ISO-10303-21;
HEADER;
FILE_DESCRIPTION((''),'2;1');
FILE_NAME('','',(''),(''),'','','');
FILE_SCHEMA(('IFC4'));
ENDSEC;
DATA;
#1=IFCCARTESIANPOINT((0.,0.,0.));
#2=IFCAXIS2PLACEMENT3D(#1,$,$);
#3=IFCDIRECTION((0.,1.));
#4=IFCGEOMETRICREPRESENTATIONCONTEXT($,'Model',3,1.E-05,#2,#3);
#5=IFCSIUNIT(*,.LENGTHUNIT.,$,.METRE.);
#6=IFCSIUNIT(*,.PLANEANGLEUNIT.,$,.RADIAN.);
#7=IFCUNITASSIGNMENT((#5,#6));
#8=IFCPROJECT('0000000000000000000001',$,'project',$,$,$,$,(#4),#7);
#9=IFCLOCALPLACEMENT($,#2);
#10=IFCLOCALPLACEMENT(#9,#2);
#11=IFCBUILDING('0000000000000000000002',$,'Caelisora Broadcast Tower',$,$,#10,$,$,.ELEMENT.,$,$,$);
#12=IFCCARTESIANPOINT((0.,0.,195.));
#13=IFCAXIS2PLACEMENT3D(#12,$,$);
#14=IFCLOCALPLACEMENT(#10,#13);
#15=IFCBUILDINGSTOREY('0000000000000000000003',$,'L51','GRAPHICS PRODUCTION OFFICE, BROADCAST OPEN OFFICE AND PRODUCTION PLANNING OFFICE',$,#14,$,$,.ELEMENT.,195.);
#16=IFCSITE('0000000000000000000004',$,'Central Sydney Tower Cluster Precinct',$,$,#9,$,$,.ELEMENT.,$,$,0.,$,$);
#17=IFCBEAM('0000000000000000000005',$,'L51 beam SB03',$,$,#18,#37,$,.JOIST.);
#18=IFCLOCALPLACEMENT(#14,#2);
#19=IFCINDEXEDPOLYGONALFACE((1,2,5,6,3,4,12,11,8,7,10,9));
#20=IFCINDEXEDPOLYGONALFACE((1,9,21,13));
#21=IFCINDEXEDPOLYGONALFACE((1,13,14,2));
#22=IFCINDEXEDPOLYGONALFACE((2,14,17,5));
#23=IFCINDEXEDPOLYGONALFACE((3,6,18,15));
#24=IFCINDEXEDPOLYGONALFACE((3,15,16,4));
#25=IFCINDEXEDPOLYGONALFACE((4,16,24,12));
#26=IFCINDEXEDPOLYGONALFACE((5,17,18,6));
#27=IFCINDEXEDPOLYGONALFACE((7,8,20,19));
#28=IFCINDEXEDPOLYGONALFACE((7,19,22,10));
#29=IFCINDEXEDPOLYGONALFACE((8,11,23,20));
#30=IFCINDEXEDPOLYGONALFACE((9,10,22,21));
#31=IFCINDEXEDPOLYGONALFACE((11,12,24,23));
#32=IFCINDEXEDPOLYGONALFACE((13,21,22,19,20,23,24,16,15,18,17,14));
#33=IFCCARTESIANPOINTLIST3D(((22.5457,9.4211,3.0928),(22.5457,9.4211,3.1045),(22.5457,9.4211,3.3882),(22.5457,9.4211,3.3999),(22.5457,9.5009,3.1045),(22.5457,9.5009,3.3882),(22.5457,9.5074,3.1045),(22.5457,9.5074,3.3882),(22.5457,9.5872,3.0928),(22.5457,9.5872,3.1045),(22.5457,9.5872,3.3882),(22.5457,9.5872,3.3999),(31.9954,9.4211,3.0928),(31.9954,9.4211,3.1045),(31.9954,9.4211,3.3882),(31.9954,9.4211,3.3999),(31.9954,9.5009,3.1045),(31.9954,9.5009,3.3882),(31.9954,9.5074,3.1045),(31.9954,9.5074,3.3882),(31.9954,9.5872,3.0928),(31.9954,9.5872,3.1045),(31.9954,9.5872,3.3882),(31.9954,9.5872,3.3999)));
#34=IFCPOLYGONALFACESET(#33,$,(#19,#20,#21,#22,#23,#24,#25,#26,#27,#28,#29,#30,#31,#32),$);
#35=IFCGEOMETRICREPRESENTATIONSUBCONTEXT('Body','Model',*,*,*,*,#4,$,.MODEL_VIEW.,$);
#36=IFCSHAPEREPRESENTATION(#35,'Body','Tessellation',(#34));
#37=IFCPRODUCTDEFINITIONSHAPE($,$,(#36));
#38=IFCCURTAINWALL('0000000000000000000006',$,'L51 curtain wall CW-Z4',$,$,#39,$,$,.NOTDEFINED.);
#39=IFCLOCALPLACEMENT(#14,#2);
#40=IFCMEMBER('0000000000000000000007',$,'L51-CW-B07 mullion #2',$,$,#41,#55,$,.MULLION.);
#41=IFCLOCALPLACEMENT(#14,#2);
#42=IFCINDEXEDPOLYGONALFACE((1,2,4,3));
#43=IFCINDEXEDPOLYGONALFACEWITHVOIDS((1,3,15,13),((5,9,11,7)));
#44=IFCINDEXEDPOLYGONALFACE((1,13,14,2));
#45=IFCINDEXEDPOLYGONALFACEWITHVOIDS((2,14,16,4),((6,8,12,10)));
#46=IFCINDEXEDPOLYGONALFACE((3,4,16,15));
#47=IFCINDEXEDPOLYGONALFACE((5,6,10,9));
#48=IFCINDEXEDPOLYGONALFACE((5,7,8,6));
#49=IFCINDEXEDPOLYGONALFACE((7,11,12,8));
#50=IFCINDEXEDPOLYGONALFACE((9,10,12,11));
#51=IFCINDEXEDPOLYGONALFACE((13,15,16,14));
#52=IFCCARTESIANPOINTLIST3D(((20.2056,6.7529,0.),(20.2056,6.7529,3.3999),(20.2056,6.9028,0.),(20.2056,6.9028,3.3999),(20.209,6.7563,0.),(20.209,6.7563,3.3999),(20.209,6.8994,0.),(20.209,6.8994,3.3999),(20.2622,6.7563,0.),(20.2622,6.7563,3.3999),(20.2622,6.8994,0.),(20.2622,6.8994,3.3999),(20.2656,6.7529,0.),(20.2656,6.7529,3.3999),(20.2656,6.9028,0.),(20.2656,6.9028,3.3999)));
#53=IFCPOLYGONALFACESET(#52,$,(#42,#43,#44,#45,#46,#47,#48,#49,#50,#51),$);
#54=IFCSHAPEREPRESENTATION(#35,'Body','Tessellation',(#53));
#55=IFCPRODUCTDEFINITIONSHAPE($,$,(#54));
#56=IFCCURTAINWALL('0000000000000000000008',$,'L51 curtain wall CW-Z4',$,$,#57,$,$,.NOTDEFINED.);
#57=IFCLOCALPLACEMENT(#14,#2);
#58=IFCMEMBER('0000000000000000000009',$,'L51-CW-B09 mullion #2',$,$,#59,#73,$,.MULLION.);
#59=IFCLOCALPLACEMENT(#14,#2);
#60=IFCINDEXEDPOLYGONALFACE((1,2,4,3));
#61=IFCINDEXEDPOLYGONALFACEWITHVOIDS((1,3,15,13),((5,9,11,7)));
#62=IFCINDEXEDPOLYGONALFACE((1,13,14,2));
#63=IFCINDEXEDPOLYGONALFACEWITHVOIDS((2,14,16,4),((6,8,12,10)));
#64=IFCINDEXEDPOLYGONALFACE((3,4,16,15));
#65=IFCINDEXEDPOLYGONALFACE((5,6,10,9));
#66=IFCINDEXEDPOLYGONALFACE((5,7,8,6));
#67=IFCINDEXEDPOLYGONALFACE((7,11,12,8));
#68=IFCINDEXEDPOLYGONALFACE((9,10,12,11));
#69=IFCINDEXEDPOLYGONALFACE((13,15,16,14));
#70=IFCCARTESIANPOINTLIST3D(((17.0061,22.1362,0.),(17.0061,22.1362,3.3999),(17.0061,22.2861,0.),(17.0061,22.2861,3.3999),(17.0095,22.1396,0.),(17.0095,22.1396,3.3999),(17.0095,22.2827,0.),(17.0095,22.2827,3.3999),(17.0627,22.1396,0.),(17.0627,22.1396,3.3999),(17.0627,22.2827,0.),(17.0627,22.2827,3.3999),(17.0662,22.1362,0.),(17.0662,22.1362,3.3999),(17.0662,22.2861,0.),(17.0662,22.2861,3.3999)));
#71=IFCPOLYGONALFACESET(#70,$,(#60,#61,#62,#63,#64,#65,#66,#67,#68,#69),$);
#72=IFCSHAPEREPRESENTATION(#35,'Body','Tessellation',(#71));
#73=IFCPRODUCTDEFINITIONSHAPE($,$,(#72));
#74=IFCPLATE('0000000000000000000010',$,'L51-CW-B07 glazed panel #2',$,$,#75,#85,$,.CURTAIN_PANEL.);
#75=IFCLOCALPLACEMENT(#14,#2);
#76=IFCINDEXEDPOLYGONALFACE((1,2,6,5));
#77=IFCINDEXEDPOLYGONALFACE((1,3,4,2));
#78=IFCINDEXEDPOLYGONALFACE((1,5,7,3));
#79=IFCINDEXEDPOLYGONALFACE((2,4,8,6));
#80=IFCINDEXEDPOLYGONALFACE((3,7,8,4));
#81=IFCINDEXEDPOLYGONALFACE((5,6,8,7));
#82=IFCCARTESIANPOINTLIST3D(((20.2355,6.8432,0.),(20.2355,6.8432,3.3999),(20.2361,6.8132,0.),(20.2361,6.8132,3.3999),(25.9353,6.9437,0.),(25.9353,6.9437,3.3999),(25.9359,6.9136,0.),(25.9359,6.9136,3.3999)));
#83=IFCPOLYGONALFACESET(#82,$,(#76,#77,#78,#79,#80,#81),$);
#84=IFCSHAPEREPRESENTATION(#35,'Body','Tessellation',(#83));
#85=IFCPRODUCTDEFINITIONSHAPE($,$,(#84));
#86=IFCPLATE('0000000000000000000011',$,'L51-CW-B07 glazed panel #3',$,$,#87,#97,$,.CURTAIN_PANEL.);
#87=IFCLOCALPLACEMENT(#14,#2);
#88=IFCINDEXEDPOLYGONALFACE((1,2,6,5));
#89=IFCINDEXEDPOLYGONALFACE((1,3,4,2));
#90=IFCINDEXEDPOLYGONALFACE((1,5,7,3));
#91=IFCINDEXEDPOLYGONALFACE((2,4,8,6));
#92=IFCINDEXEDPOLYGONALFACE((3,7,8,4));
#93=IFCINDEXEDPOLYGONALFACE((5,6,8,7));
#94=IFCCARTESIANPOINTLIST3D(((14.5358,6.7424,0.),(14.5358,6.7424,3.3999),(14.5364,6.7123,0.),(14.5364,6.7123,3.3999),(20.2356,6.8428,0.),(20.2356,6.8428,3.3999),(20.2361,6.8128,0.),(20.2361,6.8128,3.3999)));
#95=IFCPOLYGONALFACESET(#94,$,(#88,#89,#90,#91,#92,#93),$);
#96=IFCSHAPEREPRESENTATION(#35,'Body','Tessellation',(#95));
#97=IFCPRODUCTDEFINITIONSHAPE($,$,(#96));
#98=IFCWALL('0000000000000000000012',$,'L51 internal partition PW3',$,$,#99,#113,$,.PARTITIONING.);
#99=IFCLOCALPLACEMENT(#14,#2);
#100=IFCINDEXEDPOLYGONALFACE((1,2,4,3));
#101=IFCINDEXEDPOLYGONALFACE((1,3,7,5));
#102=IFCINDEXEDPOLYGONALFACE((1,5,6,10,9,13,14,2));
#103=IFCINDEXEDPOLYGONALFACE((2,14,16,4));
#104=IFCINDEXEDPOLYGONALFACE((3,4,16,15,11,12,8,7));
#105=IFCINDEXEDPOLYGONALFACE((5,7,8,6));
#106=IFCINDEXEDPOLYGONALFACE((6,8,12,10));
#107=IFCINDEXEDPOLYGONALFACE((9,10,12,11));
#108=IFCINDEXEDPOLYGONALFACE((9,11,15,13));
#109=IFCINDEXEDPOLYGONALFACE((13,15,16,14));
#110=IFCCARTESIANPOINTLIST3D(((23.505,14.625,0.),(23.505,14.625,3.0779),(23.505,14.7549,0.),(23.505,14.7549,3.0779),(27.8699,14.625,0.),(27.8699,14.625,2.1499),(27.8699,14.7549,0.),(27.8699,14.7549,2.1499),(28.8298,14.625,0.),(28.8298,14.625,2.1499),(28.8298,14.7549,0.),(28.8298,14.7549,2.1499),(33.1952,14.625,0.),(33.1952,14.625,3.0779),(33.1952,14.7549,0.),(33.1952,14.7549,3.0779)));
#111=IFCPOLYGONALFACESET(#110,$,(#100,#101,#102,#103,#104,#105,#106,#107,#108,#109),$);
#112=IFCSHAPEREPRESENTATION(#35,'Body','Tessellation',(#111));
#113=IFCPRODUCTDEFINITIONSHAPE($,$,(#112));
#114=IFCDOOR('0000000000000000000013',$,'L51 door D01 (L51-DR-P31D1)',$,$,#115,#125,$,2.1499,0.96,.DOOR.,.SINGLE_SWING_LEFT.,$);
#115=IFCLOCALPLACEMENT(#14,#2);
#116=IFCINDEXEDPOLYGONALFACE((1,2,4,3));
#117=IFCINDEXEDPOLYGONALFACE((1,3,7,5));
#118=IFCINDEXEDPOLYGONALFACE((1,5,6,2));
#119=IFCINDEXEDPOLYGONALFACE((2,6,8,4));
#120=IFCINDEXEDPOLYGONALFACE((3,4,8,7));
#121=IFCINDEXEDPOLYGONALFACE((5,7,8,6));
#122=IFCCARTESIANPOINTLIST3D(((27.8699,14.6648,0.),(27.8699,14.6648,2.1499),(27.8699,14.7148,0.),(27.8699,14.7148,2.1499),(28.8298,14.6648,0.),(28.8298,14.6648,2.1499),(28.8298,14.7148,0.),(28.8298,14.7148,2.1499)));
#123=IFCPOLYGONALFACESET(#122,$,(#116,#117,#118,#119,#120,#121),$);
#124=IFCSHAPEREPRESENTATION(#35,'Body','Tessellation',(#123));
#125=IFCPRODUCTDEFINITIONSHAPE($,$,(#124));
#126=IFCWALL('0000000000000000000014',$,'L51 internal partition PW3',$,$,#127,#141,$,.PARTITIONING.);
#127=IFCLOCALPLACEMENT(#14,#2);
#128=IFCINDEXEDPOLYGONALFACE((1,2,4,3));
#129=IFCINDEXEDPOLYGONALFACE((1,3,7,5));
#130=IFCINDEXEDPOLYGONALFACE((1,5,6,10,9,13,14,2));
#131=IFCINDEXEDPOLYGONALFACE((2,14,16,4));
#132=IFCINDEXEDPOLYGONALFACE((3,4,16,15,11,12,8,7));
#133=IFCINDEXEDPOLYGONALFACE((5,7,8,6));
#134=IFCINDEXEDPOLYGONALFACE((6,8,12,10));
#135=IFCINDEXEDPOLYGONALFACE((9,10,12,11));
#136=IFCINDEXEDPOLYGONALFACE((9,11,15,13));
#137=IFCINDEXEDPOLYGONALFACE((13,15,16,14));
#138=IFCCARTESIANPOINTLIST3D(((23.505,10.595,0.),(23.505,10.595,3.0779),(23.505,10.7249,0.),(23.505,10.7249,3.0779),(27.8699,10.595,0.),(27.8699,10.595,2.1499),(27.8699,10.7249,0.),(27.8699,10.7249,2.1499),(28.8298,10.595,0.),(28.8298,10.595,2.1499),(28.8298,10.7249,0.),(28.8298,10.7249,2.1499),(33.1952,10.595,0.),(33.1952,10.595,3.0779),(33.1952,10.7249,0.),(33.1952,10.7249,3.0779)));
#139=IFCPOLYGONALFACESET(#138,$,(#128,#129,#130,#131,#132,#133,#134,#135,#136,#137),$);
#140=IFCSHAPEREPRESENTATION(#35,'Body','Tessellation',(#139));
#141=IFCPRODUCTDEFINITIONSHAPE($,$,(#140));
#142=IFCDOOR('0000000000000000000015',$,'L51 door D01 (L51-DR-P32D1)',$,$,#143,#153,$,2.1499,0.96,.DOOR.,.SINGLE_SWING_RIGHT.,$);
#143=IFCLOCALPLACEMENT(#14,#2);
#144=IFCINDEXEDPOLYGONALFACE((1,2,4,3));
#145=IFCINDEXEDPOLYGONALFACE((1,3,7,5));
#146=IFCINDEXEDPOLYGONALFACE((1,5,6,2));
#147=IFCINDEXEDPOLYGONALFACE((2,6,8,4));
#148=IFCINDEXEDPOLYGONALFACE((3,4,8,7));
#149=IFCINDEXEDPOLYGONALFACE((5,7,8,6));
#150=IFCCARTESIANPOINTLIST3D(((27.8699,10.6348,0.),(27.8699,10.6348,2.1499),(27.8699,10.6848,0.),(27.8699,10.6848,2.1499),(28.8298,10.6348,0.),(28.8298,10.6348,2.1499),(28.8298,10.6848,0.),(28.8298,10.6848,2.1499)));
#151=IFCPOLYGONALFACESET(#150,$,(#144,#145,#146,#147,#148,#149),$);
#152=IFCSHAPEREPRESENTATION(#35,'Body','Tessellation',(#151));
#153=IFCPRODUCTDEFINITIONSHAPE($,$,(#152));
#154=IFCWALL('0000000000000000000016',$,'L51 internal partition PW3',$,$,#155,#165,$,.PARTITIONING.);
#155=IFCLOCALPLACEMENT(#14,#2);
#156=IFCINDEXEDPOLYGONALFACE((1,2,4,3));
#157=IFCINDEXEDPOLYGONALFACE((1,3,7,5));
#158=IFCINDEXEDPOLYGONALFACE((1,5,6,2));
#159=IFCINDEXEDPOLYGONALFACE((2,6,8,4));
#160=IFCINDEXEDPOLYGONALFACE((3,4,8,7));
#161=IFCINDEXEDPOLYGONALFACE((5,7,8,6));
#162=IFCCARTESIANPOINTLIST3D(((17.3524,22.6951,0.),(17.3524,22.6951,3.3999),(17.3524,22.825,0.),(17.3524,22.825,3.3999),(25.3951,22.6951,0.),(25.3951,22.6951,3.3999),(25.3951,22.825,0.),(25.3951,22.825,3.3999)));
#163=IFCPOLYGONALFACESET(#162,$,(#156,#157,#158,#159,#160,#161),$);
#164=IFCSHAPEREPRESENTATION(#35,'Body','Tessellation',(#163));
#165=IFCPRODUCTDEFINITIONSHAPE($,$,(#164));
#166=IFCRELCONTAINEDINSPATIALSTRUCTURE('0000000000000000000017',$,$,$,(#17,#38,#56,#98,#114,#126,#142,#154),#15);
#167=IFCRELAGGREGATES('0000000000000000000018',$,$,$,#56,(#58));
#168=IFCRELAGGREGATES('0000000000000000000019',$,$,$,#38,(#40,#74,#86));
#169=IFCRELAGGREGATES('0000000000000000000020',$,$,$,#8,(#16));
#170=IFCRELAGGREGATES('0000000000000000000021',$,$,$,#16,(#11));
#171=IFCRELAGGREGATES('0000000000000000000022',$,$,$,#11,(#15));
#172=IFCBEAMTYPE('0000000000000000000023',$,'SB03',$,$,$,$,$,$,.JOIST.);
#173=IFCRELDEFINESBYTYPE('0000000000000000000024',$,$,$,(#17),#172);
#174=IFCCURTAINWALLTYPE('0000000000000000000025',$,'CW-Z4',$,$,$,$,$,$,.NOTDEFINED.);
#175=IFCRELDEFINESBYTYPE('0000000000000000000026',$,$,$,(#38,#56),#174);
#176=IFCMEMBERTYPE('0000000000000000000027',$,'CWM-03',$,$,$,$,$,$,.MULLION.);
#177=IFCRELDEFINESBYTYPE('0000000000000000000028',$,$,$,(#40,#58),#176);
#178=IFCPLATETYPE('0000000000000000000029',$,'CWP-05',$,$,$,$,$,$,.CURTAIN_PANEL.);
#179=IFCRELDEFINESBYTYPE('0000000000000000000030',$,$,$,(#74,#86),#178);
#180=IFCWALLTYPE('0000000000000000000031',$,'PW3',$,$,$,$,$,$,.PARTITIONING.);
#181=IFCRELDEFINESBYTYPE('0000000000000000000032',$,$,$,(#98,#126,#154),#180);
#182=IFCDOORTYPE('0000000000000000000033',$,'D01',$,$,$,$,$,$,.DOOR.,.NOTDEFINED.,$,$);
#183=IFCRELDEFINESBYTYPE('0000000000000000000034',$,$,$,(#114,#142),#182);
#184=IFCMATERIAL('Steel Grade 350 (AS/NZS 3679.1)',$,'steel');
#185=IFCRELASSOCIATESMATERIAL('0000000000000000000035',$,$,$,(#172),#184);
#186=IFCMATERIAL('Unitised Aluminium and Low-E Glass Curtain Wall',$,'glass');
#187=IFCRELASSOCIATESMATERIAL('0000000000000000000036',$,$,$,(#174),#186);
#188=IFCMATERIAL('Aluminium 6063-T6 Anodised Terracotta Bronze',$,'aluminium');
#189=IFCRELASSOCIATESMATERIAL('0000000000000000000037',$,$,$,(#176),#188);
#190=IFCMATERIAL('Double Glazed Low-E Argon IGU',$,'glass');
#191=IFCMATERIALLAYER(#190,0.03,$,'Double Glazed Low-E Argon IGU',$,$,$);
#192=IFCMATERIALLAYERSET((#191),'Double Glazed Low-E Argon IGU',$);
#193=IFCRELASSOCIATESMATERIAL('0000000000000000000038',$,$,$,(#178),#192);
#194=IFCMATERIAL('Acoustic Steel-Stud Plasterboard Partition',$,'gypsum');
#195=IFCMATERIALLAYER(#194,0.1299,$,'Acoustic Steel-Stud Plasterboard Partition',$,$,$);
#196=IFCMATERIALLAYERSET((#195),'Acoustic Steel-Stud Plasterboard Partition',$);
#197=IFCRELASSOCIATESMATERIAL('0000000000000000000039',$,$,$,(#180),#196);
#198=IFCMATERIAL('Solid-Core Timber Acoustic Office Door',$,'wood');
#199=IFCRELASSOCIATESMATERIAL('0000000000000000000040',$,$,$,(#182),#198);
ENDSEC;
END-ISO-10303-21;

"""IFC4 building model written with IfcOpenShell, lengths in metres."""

from ifc_helpers import new_model, si_unit, direction, frame, frame_2d, origin, origin_2d, place, context, subcontext, project, spatial, rectangle, hollow_rectangle, i_section, extrude, source, transform, mapped, material, layer, layer_set, material_profile, profile_set, type_object, type_shapes, element, fill, aggregate, save


model = new_model("IFC4")

# Units and contexts
model_context = context("Model", 3, precision=1e-05, world=origin(), true_north=direction((0.0, 1.0)))
body_context = subcontext(model_context, "Body", "Model", "MODEL_VIEW")
ifc_project = project(units=[si_unit("LENGTHUNIT", "METRE"), si_unit("PLANEANGLEUNIT", "RADIAN")], contexts=[model_context])

# Site, building, storey
site_placement = place(None, origin())
site = spatial("IfcSite", under=ifc_project, at=site_placement, Name="Central Sydney Tower Cluster Precinct", CompositionType="ELEMENT", RefElevation=0.0)
building_placement = place(site_placement, origin())
building = spatial("IfcBuilding", under=site, at=building_placement, Name="Caelisora Broadcast Tower", CompositionType="ELEMENT")
storey_placement = place(building_placement, frame((0.0, 0.0, 195.0)))
storey = spatial("IfcBuildingStorey", under=building, at=storey_placement, Name="L51", Description="GRAPHICS PRODUCTION OFFICE, BROADCAST OPEN OFFICE AND PRODUCTION PLANNING OFFICE", CompositionType="ELEMENT", Elevation=195.0)

# Beam
ifc_material_1 = material(Name="Steel Grade 350 (AS/NZS 3679.1)", Category="steel")
ifc_material_profile_1 = material_profile(ifc_material_1, i_section(OverallWidth=0.166, OverallDepth=0.3071, WebThickness=0.0066, FlangeThickness=0.0117, at=origin_2d()), Name="Steel Grade 350 (AS/NZS 3679.1)")
ifc_profile_set_1 = profile_set([ifc_material_profile_1], Name="Steel Grade 350 (AS/NZS 3679.1)")
beam_type_1 = type_object("IfcBeamType", Name="SB03", PredefinedType="JOIST", material=ifc_profile_set_1)
shared_shape_1 = source(origin(), body_context, "Body", "SweptSolid", [
    extrude(i_section(OverallWidth=0.166, OverallDepth=0.3071, WebThickness=0.0066, FlangeThickness=0.0117, at=origin_2d()), origin(), (0.0, 0.0, 1.0), 9.4497),
])
beam_1_placement = place(storey_placement, frame((22.5457, 9.5042, 3.2463), z_axis=(1.0, 0.0, 0.0), x_axis=(0.0, 1.0, 0.0)))
element("IfcBeam", 1, at=beam_1_placement, inside=storey, type_object=beam_type_1, Name="L51 beam SB03", PredefinedType="JOIST", context=body_context, shape_type="MappedRepresentation", body=[
    mapped(shared_shape_1, transform((0.0, 0.0, 0.0), scale=1.0)),
])

# Curtain walls, members
ifc_material_2 = material(Name="Unitised Aluminium and Low-E Glass Curtain Wall", Category="glass")
curtain_wall_type = type_object("IfcCurtainWallType", Name="CW-Z4", PredefinedType="NOTDEFINED", material=ifc_material_2)
curtain_wall_1_placement = place(storey_placement, origin())
curtain_wall_1 = element("IfcCurtainWall", 2, at=curtain_wall_1_placement, inside=storey, type_object=curtain_wall_type, Name="L51 curtain wall CW-Z4", PredefinedType="NOTDEFINED")
ifc_material_3 = material(Name="Aluminium 6063-T6 Anodised Terracotta Bronze", Category="aluminium")
ifc_material_profile_2 = material_profile(ifc_material_3, hollow_rectangle(XDim=0.0601, YDim=0.1499, WallThickness=0.0034, at=origin_2d()), Name="Aluminium 6063-T6 Anodised Terracotta Bronze")
ifc_profile_set_2 = profile_set([ifc_material_profile_2], Name="Aluminium 6063-T6 Anodised Terracotta Bronze")
member_type = type_object("IfcMemberType", Name="CWM-03", PredefinedType="MULLION", material=ifc_profile_set_2)
shared_shape_2 = source(origin(), body_context, "Body", "SweptSolid", [
    extrude(hollow_rectangle(XDim=0.0601, YDim=0.1499, WallThickness=0.0034, at=origin_2d()), origin(), (0.0, 0.0, 1.0), 3.3999),
])
type_shapes(member_type, [shared_shape_2])
member_1_placement = place(storey_placement, frame((20.2356, 6.8279, 0.0), z_axis=(0.0, 0.0, 1.0), x_axis=(1.0, 0.0, 0.0)))
member_1 = element("IfcMember", 3, at=member_1_placement, type_object=member_type, Name="L51-CW-B07 mullion #2", PredefinedType="MULLION", context=body_context, shape_type="MappedRepresentation", body=[
    mapped(shared_shape_2, transform((0.0, 0.0, 0.0), scale=1.0)),
])
curtain_wall_2_placement = place(storey_placement, origin())
curtain_wall_2 = element("IfcCurtainWall", 4, at=curtain_wall_2_placement, inside=storey, type_object=curtain_wall_type, Name="L51 curtain wall CW-Z4", PredefinedType="NOTDEFINED")
member_2_placement = place(storey_placement, frame((17.0361, 22.2112, 0.0), z_axis=(0.0, 0.0, 1.0), x_axis=(1.0, 0.0, 0.0)))
member_2 = element("IfcMember", 5, at=member_2_placement, type_object=member_type, Name="L51-CW-B09 mullion #2", PredefinedType="MULLION", context=body_context, shape_type="MappedRepresentation", body=[
    mapped(shared_shape_2, transform((0.0, 0.0, 0.0), scale=1.0)),
])
aggregate(curtain_wall_2, [member_2])

# Plates
ifc_material_4 = material(Name="Double Glazed Low-E Argon IGU", Category="glass")
ifc_layer_1 = layer(ifc_material_4, 0.03, Name="Double Glazed Low-E Argon IGU")
ifc_layer_set_1 = layer_set([ifc_layer_1], Name="Double Glazed Low-E Argon IGU")
plate_type = type_object("IfcPlateType", Name="CWP-05", PredefinedType="CURTAIN_PANEL", material=ifc_layer_set_1)
shared_shape_3 = source(origin(), body_context, "Body", "SweptSolid", [
    extrude(rectangle(XDim=5.7007, YDim=0.03, at=origin_2d()), origin(), (0.0, 0.0, 1.0), 3.3999),
])
type_shapes(plate_type, [shared_shape_3])
plate_1_placement = place(storey_placement, frame((23.0857, 6.8784, 0.0), z_axis=(0.0, 0.0, 1.0), x_axis=(-0.999845, -0.017627, 0.0)))
plate_1 = element("IfcPlate", 6, at=plate_1_placement, type_object=plate_type, Name="L51-CW-B07 glazed panel #2", PredefinedType="CURTAIN_PANEL", context=body_context, shape_type="MappedRepresentation", body=[
    mapped(shared_shape_3, transform((0.0, 0.0, 0.0), scale=1.0)),
])
plate_2_placement = place(storey_placement, frame((17.386, 6.7776, 0.0), z_axis=(0.0, 0.0, 1.0), x_axis=(-0.999845, -0.017627, 0.0)))
plate_2 = element("IfcPlate", 7, at=plate_2_placement, type_object=plate_type, Name="L51-CW-B07 glazed panel #3", PredefinedType="CURTAIN_PANEL", context=body_context, shape_type="MappedRepresentation", body=[
    mapped(shared_shape_3, transform((0.0, 0.0, 0.0), scale=1.0)),
])
aggregate(curtain_wall_1, [member_1, plate_1, plate_2])

# Walls, openings, doors
ifc_material_5 = material(Name="Acoustic Steel-Stud Plasterboard Partition", Category="gypsum")
ifc_layer_2 = layer(ifc_material_5, 0.1299, Name="Acoustic Steel-Stud Plasterboard Partition")
ifc_layer_set_2 = layer_set([ifc_layer_2], Name="Acoustic Steel-Stud Plasterboard Partition")
wall_type = type_object("IfcWallType", Name="PW3", PredefinedType="PARTITIONING", material=ifc_layer_set_2)
wall_1_placement = place(storey_placement, frame((23.5049, 14.6899, 0.0), z_axis=(0.0, 0.0, 1.0), x_axis=(1.0, 0.0, 0.0)))
wall_1 = element("IfcWall", 8, at=wall_1_placement, inside=storey, type_object=wall_type, Name="L51 internal partition PW3", PredefinedType="PARTITIONING", context=body_context, shape_type="SweptSolid", body=[
    extrude(rectangle(XDim=9.6902, YDim=0.1299, at=frame_2d((4.8452, 0.0))), origin(), (0.0, 0.0, 1.0), 3.0779),
])
opening_1_placement = place(wall_1_placement, frame((4.365, 0.0, 0.0)))
opening_1 = element("IfcOpeningElement", 9, at=opening_1_placement, cuts=wall_1, PredefinedType="OPENING", context=body_context, shape_type="SweptSolid", body=[
    extrude(rectangle(XDim=0.96, YDim=2.1499, at=frame_2d((0.48, 1.075))), frame((0.0, 0.0769, 0.0), z_axis=(0.0, -1.0, 0.0), x_axis=(1.0, 0.0, 0.0)), (0.0, 0.0, 1.0), 0.1538),
])
ifc_material_6 = material(Name="Solid-Core Timber Acoustic Office Door", Category="wood")
door_type = type_object("IfcDoorType", Name="D01", OperationType="NOTDEFINED", PredefinedType="DOOR", material=ifc_material_6)
door_1_placement = place(opening_1_placement, origin())
door_1 = element("IfcDoor", 10, at=door_1_placement, inside=storey, type_object=door_type, Name="L51 door D01 (L51-DR-P31D1)", OperationType="SINGLE_SWING_LEFT", OverallHeight=2.1499, OverallWidth=0.96, PredefinedType="DOOR", context=body_context, shape_type="SweptSolid", body=[
    extrude(rectangle(XDim=0.96, YDim=2.1499, at=frame_2d((0.48, 1.075))), frame((0.0, 0.0249, 0.0), z_axis=(0.0, -1.0, 0.0), x_axis=(1.0, 0.0, 0.0)), (0.0, 0.0, 1.0), 0.05),
])
fill(opening_1, door_1)
wall_2_placement = place(storey_placement, frame((23.5049, 10.6599, 0.0), z_axis=(0.0, 0.0, 1.0), x_axis=(1.0, 0.0, 0.0)))
wall_2 = element("IfcWall", 11, at=wall_2_placement, inside=storey, type_object=wall_type, Name="L51 internal partition PW3", PredefinedType="PARTITIONING", context=body_context, shape_type="SweptSolid", body=[
    extrude(rectangle(XDim=9.6902, YDim=0.1299, at=frame_2d((4.8452, 0.0))), origin(), (0.0, 0.0, 1.0), 3.0779),
])
opening_2_placement = place(wall_2_placement, frame((4.365, 0.0, 0.0)))
opening_2 = element("IfcOpeningElement", 12, at=opening_2_placement, cuts=wall_2, PredefinedType="OPENING", context=body_context, shape_type="SweptSolid", body=[
    extrude(rectangle(XDim=0.96, YDim=2.1499, at=frame_2d((0.48, 1.075))), frame((0.0, 0.0769, 0.0), z_axis=(0.0, -1.0, 0.0), x_axis=(1.0, 0.0, 0.0)), (0.0, 0.0, 1.0), 0.1538),
])
door_2_placement = place(opening_2_placement, origin())
door_2 = element("IfcDoor", 13, at=door_2_placement, inside=storey, type_object=door_type, Name="L51 door D01 (L51-DR-P32D1)", OperationType="SINGLE_SWING_RIGHT", OverallHeight=2.1499, OverallWidth=0.96, PredefinedType="DOOR", context=body_context, shape_type="SweptSolid", body=[
    extrude(rectangle(XDim=0.96, YDim=2.1499, at=frame_2d((0.48, 1.075))), frame((0.0, 0.0249, 0.0), z_axis=(0.0, -1.0, 0.0), x_axis=(1.0, 0.0, 0.0)), (0.0, 0.0, 1.0), 0.05),
])
fill(opening_2, door_2)

# Wall
wall_3_placement = place(storey_placement, frame((17.3523, 22.76, 0.0), z_axis=(0.0, 0.0, 1.0), x_axis=(1.0, 0.0, 0.0)))
element("IfcWall", 14, at=wall_3_placement, inside=storey, type_object=wall_type, Name="L51 internal partition PW3", PredefinedType="PARTITIONING", context=body_context, shape_type="SweptSolid", body=[
    extrude(rectangle(XDim=8.0427, YDim=0.1299, at=frame_2d((4.0215, 0.0))), origin(), (0.0, 0.0, 1.0), 3.3999),
])

save(model, "model.ifc")
